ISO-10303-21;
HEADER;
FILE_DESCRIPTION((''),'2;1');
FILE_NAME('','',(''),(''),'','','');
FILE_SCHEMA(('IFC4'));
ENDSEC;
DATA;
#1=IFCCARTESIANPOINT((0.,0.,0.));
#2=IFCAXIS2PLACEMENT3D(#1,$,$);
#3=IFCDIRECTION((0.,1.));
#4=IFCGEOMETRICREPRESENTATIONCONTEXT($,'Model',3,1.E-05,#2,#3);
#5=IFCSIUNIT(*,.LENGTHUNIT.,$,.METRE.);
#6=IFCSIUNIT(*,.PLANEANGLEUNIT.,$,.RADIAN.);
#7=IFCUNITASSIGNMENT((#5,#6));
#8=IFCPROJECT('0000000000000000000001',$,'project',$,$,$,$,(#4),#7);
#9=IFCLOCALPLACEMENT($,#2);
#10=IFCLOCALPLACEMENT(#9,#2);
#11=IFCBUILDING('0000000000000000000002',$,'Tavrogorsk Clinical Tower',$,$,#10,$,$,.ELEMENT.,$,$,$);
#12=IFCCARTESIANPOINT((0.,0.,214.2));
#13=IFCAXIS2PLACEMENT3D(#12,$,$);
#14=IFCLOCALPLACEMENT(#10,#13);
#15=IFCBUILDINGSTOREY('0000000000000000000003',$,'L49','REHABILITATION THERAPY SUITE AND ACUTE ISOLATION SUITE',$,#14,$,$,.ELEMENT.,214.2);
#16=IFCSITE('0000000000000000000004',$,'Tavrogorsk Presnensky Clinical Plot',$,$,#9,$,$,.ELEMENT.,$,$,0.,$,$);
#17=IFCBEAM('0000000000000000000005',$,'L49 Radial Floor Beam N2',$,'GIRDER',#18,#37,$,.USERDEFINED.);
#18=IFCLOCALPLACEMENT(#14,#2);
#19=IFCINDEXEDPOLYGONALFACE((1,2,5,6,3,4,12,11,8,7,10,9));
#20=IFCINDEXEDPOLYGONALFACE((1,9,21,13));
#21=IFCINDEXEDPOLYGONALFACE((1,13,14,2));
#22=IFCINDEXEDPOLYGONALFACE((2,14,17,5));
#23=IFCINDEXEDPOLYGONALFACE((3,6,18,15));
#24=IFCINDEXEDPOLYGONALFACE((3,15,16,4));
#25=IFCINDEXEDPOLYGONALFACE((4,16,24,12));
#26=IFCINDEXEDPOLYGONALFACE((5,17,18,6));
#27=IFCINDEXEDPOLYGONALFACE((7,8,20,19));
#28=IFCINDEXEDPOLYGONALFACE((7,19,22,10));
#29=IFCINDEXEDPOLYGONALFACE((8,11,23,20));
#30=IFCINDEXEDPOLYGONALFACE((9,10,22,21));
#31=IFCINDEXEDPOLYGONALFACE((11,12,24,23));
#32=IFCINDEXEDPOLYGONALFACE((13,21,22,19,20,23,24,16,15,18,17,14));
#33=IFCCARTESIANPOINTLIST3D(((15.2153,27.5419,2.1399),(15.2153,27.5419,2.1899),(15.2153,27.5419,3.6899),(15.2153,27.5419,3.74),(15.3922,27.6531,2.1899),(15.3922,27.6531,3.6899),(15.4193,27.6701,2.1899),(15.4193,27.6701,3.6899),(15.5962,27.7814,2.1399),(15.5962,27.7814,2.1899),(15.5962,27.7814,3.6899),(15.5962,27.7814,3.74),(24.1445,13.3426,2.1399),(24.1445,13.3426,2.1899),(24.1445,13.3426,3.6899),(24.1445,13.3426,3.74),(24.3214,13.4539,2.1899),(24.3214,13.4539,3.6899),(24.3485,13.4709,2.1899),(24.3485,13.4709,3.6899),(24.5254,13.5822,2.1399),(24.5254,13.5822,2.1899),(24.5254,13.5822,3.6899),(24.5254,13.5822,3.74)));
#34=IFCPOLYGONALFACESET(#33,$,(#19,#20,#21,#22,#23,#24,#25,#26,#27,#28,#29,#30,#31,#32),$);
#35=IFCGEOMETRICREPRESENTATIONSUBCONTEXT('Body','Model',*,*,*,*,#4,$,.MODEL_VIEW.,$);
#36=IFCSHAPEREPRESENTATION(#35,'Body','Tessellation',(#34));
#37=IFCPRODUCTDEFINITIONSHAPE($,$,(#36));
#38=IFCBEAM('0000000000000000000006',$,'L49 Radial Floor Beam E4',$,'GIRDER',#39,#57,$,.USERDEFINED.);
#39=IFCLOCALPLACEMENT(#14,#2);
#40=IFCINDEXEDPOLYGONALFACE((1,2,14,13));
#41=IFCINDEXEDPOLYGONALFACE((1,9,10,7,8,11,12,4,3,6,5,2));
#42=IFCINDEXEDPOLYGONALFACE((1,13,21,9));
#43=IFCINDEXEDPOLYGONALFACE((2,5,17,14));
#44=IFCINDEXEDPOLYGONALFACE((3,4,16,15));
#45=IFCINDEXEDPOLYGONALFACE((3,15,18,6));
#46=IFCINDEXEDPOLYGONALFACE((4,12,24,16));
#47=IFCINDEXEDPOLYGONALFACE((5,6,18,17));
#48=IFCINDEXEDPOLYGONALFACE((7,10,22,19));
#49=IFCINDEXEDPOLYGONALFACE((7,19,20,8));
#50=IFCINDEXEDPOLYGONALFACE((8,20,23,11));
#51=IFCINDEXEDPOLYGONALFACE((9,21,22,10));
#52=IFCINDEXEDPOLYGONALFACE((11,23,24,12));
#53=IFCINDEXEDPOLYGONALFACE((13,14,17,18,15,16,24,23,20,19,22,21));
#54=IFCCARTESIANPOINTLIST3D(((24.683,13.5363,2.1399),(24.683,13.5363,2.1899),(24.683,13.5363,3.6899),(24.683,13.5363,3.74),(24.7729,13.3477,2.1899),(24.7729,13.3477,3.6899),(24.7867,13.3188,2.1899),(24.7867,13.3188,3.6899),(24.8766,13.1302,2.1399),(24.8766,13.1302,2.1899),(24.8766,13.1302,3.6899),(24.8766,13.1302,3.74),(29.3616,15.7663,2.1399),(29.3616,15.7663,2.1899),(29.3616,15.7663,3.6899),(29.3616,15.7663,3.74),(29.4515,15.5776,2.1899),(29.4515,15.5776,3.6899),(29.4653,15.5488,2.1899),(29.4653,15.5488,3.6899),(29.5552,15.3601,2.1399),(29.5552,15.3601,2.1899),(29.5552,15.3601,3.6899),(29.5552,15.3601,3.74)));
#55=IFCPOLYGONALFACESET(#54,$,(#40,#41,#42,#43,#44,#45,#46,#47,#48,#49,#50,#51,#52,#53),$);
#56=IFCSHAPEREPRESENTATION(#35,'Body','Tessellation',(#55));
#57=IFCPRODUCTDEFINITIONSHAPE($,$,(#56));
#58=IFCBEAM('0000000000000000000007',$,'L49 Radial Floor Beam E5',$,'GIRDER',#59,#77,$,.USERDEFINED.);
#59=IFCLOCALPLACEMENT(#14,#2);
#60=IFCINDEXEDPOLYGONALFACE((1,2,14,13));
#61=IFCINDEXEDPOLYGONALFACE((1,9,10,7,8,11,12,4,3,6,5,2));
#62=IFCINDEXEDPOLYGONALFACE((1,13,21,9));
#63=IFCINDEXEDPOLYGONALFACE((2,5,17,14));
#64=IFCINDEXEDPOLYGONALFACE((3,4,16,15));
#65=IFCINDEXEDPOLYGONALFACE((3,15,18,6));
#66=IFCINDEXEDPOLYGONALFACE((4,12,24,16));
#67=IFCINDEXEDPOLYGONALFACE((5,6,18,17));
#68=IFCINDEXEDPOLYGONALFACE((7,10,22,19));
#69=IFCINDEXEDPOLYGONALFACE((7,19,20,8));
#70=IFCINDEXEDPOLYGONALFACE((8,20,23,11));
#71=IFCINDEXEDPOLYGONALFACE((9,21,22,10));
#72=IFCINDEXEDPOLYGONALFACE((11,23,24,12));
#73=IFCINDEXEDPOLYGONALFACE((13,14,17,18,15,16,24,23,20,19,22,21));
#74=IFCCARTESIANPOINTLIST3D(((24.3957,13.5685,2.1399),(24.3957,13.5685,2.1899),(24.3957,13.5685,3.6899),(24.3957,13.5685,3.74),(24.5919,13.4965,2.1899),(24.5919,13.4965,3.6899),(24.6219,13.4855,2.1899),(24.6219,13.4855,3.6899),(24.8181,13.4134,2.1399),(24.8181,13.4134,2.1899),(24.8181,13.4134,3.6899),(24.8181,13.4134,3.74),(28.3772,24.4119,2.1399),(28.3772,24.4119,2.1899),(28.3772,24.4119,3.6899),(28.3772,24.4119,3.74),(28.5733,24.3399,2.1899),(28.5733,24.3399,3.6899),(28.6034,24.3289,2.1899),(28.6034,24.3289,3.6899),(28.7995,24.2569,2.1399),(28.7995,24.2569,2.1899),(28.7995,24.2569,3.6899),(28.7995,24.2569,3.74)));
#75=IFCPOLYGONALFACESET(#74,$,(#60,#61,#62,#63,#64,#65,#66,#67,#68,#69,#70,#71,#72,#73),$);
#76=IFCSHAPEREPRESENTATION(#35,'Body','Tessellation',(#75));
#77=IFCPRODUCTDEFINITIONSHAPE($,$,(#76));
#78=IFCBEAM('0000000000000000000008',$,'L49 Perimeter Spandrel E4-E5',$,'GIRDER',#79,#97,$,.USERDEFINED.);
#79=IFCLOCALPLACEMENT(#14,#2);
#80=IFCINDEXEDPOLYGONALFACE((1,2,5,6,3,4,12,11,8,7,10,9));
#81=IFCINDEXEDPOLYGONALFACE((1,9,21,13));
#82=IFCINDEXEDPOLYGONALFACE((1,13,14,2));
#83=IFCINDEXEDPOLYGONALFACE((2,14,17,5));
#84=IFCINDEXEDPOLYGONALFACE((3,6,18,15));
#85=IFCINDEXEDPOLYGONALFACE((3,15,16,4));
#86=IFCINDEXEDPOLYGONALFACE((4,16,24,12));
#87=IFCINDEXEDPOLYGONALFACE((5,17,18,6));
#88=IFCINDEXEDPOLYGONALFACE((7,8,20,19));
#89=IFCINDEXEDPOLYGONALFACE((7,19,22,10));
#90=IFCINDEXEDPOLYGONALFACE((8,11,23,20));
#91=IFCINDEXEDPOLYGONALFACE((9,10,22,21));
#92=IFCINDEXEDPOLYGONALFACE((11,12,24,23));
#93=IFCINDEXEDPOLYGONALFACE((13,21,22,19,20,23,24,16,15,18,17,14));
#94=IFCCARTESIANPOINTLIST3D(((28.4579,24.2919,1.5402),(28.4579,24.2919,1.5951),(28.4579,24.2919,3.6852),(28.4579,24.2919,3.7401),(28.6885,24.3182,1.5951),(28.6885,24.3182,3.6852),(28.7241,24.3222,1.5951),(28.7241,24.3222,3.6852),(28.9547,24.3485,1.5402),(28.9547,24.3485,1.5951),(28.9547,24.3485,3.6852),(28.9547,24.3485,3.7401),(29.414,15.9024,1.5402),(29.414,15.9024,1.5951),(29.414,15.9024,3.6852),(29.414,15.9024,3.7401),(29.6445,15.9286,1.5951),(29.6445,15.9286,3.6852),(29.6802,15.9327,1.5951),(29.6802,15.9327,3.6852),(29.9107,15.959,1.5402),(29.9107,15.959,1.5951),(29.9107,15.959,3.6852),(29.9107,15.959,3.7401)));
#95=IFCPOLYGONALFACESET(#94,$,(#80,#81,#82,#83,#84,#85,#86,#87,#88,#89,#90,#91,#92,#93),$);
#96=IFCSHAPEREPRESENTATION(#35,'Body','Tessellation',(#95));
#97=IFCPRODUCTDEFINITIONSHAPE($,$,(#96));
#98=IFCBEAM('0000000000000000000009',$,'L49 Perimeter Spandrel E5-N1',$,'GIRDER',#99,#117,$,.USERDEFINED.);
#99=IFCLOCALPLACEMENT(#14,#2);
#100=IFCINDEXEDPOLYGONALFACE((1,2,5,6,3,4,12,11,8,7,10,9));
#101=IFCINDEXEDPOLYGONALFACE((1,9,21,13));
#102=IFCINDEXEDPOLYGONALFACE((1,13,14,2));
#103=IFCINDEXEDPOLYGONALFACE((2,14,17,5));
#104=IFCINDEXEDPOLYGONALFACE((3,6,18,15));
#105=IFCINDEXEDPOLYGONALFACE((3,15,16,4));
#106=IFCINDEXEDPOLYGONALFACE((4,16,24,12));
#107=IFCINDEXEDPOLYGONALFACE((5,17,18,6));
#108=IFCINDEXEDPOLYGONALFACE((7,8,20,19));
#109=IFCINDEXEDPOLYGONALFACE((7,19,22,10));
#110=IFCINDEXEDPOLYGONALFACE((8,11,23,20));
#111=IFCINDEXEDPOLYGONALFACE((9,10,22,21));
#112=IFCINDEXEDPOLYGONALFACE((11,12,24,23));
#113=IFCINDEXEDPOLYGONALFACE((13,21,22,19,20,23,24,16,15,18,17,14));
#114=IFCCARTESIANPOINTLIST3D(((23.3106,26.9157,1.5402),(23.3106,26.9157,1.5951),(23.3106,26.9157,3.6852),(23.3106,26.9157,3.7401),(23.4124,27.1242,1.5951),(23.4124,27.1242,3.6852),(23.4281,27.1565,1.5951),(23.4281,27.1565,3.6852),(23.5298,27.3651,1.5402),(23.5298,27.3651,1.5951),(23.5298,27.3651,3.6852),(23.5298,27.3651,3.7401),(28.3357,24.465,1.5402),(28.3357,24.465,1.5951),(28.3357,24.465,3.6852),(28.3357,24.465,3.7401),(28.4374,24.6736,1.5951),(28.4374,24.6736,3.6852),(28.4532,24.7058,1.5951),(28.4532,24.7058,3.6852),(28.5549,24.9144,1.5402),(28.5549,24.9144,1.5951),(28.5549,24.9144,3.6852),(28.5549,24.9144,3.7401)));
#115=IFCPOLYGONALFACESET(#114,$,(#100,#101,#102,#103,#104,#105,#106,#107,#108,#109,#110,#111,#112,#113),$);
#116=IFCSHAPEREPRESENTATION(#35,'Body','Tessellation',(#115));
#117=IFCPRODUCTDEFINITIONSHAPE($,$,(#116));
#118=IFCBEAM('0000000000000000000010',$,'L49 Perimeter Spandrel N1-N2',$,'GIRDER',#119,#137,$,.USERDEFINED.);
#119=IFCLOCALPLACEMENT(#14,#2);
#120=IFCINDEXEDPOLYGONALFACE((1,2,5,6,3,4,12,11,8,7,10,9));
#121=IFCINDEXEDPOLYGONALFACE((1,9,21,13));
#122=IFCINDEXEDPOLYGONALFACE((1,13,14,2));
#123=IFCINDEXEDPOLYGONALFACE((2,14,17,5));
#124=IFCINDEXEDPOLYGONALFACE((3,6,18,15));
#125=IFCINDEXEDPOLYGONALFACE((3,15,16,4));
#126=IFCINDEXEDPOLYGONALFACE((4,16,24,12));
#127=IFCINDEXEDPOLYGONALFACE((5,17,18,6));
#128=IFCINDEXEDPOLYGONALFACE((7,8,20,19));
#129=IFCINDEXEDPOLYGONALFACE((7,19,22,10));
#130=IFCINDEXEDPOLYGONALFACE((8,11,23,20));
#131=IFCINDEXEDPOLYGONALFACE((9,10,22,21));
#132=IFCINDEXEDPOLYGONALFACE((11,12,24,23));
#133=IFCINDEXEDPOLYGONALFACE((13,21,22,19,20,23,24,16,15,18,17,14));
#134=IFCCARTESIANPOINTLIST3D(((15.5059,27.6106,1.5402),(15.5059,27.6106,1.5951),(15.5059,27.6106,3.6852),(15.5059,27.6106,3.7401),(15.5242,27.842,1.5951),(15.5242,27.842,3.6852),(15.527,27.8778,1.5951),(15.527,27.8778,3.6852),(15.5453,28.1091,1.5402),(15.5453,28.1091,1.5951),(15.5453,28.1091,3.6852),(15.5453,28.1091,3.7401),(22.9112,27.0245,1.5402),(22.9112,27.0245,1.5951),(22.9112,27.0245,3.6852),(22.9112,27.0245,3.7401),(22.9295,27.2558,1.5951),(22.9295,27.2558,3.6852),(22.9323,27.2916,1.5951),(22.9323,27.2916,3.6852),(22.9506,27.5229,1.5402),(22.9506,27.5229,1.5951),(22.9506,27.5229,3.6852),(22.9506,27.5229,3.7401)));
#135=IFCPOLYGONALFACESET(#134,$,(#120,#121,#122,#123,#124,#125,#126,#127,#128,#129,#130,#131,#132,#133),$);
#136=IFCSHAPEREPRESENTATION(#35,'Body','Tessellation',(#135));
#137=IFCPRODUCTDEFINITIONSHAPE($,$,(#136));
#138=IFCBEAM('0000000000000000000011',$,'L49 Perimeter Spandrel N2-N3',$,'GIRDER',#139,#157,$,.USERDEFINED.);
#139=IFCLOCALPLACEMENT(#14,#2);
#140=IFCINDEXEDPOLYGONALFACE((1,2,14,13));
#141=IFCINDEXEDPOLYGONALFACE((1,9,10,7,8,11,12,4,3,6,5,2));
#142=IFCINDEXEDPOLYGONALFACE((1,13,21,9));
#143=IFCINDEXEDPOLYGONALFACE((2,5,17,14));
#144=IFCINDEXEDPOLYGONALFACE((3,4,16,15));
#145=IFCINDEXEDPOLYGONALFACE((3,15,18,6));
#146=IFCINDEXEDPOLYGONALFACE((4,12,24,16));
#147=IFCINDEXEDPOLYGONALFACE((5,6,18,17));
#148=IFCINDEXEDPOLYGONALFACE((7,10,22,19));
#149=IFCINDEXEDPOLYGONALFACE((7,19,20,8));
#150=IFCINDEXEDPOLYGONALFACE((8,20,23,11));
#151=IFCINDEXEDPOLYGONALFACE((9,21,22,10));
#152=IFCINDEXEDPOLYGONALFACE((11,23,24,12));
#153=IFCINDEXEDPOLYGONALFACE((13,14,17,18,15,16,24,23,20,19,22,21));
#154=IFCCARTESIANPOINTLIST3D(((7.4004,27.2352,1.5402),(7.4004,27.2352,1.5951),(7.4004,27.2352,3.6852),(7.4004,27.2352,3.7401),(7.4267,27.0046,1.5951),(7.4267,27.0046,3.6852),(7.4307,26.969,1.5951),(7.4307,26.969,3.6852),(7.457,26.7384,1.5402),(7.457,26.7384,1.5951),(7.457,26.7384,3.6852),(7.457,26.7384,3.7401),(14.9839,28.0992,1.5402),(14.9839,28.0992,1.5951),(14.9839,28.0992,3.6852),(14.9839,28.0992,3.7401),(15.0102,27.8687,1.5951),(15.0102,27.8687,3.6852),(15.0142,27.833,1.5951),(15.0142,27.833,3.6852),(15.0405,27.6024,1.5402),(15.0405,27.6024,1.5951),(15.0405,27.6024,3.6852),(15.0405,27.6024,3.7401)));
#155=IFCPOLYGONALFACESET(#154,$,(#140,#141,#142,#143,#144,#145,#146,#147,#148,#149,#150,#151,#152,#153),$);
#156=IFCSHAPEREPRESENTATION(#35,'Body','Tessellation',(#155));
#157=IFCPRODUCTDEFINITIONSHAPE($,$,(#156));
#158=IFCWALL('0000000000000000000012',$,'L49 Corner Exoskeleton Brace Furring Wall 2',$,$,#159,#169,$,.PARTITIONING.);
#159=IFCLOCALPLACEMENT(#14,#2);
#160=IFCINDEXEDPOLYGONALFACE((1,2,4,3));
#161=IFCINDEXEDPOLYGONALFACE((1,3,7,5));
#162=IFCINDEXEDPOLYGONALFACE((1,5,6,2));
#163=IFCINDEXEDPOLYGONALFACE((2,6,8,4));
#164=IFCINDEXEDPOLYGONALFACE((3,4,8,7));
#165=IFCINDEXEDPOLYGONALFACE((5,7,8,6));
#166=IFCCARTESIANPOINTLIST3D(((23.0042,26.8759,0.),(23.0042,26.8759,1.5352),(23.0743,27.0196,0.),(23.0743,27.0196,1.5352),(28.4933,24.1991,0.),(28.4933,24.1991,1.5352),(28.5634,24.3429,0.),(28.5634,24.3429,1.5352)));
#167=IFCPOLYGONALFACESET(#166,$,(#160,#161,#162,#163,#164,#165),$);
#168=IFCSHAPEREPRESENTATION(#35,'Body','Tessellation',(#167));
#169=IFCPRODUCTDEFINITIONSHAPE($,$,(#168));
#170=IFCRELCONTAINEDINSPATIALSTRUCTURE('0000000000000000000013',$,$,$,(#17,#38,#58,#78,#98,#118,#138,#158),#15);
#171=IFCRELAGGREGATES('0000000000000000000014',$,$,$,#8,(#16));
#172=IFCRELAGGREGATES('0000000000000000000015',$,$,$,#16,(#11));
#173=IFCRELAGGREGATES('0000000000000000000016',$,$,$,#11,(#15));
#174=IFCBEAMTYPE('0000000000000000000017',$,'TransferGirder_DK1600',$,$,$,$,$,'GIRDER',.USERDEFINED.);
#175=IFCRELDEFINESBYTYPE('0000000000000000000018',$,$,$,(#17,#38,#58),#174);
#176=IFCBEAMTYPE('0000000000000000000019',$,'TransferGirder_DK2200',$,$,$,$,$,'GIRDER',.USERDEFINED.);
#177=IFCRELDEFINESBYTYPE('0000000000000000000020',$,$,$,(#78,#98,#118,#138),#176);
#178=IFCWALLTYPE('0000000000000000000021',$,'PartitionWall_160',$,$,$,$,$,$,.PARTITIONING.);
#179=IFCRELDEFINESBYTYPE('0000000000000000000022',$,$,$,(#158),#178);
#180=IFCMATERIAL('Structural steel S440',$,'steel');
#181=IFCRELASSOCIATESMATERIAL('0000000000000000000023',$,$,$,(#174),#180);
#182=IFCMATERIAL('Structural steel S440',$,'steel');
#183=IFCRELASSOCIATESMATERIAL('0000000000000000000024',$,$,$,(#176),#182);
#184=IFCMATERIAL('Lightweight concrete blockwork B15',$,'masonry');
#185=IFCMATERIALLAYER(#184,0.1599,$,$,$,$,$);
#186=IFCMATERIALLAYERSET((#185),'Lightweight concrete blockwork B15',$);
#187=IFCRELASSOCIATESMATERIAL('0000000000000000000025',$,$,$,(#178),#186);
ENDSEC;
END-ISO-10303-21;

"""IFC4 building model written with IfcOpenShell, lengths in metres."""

from ifc_helpers import new_model, si_unit, direction, frame, frame_2d, origin, origin_2d, place, context, subcontext, project, spatial, rectangle, i_section, extrude, material, layer, layer_set, material_profile, profile_set, type_object, element, save


model = new_model("IFC4")

# Units and contexts
model_context = context("Model", 3, precision=1e-05, world=origin(), true_north=direction((0.0, 1.0)))
body_context = subcontext(model_context, "Body", "Model", "MODEL_VIEW")
ifc_project = project(units=[si_unit("LENGTHUNIT", "METRE"), si_unit("PLANEANGLEUNIT", "RADIAN")], contexts=[model_context])

# Site, building, storey
site_placement = place(None, origin())
site = spatial("IfcSite", under=ifc_project, at=site_placement, Name="Tavrogorsk Presnensky Clinical Plot", CompositionType="ELEMENT", RefElevation=0.0)
building_placement = place(site_placement, origin())
building = spatial("IfcBuilding", under=site, at=building_placement, Name="Tavrogorsk Clinical Tower", CompositionType="ELEMENT")
storey_placement = place(building_placement, frame((0.0, 0.0, 214.2)))
storey = spatial("IfcBuildingStorey", under=building, at=storey_placement, Name="L49", Description="REHABILITATION THERAPY SUITE AND ACUTE ISOLATION SUITE", CompositionType="ELEMENT", Elevation=214.2)

# Beams
ifc_material_1 = material(Name="Structural steel S440", Category="steel")
ifc_material_profile_1 = material_profile(ifc_material_1, i_section(OverallWidth=0.45, OverallDepth=1.6001, WebThickness=0.032, FlangeThickness=0.05, at=origin_2d()), Name="DK-1600x450x32x50")
ifc_profile_set_1 = profile_set([ifc_material_profile_1], Name="Structural steel S440")
beam_type_1 = type_object("IfcBeamType", Name="TransferGirder_DK1600", ElementType="GIRDER", PredefinedType="USERDEFINED", material=ifc_profile_set_1)
beam_1_placement = place(storey_placement, frame((24.335, 13.4624, 2.9399), z_axis=(-0.532341, 0.84653, 0.0), x_axis=(-0.84653, -0.532341, 0.0)))
element("IfcBeam", 1, at=beam_1_placement, inside=storey, type_object=beam_type_1, Name="L49 Radial Floor Beam N2", ObjectType="GIRDER", PredefinedType="USERDEFINED", context=body_context, shape_type="SweptSolid", body=[
    extrude(i_section(OverallWidth=0.45, OverallDepth=1.6001, WebThickness=0.032, FlangeThickness=0.05, at=origin_2d()), origin(), (0.0, 0.0, 1.0), 16.7734),
])
beam_2_placement = place(storey_placement, frame((24.7798, 13.3333, 2.9399), z_axis=(0.902709, 0.430252, 0.0), x_axis=(-0.430252, 0.902709, 0.0)))
element("IfcBeam", 2, at=beam_2_placement, inside=storey, type_object=beam_type_1, Name="L49 Radial Floor Beam E4", ObjectType="GIRDER", PredefinedType="USERDEFINED", context=body_context, shape_type="SweptSolid", body=[
    extrude(i_section(OverallWidth=0.45, OverallDepth=1.6001, WebThickness=0.032, FlangeThickness=0.05, at=origin_2d()), origin(), (0.0, 0.0, 1.0), 5.1829),
])
beam_3_placement = place(storey_placement, frame((24.6069, 13.491, 2.9399), z_axis=(0.344674, 0.938723, 0.0), x_axis=(-0.938723, 0.344674, 0.0)))
element("IfcBeam", 3, at=beam_3_placement, inside=storey, type_object=beam_type_1, Name="L49 Radial Floor Beam E5", ObjectType="GIRDER", PredefinedType="USERDEFINED", context=body_context, shape_type="SweptSolid", body=[
    extrude(i_section(OverallWidth=0.45, OverallDepth=1.6001, WebThickness=0.032, FlangeThickness=0.05, at=origin_2d()), origin(), (0.0, 0.0, 1.0), 11.5513),
])
ifc_material_2 = material(Name="Structural steel S440", Category="steel")
ifc_material_profile_2 = material_profile(ifc_material_2, i_section(OverallWidth=0.5, OverallDepth=2.2, WebThickness=0.0359, FlangeThickness=0.0549, at=origin_2d()), Name="DK-2200x500x36x55")
ifc_profile_set_2 = profile_set([ifc_material_profile_2], Name="Structural steel S440")
beam_type_2 = type_object("IfcBeamType", Name="TransferGirder_DK2200", ElementType="GIRDER", PredefinedType="USERDEFINED", material=ifc_profile_set_2)
beam_4_placement = place(storey_placement, frame((29.6624, 15.9307, 2.6401), z_axis=(-0.113224, 0.99357, 0.0), x_axis=(-0.99357, -0.113224, 0.0)))
element("IfcBeam", 4, at=beam_4_placement, inside=storey, type_object=beam_type_2, Name="L49 Perimeter Spandrel E4-E5", ObjectType="GIRDER", PredefinedType="USERDEFINED", context=body_context, shape_type="SweptSolid", body=[
    extrude(i_section(OverallWidth=0.5, OverallDepth=2.2, WebThickness=0.0359, FlangeThickness=0.0549, at=origin_2d()), origin(), (0.0, 0.0, 1.0), 8.4438),
])
beam_5_placement = place(storey_placement, frame((28.4453, 24.6897, 2.6401), z_axis=(-0.898811, 0.438336, 0.0), x_axis=(-0.438336, -0.898811, 0.0)))
element("IfcBeam", 5, at=beam_5_placement, inside=storey, type_object=beam_type_2, Name="L49 Perimeter Spandrel E5-N1", ObjectType="GIRDER", PredefinedType="USERDEFINED", context=body_context, shape_type="SweptSolid", body=[
    extrude(i_section(OverallWidth=0.5, OverallDepth=2.2, WebThickness=0.0359, FlangeThickness=0.0549, at=origin_2d()), origin(), (0.0, 0.0, 1.0), 5.5908),
])
beam_6_placement = place(storey_placement, frame((22.9309, 27.2737, 2.6401), z_axis=(-0.996882, 0.07891, 0.0), x_axis=(-0.07891, -0.996882, 0.0)))
element("IfcBeam", 6, at=beam_6_placement, inside=storey, type_object=beam_type_2, Name="L49 Perimeter Spandrel N1-N2", ObjectType="GIRDER", PredefinedType="USERDEFINED", context=body_context, shape_type="SweptSolid", body=[
    extrude(i_section(OverallWidth=0.5, OverallDepth=2.2, WebThickness=0.0359, FlangeThickness=0.0549, at=origin_2d()), origin(), (0.0, 0.0, 1.0), 7.4285),
])
beam_7_placement = place(storey_placement, frame((15.0122, 27.8508, 2.6401), z_axis=(-0.993572, -0.113201, 0.0), x_axis=(0.113201, -0.993572, 0.0)))
element("IfcBeam", 7, at=beam_7_placement, inside=storey, type_object=beam_type_2, Name="L49 Perimeter Spandrel N2-N3", ObjectType="GIRDER", PredefinedType="USERDEFINED", context=body_context, shape_type="SweptSolid", body=[
    extrude(i_section(OverallWidth=0.5, OverallDepth=2.2, WebThickness=0.0359, FlangeThickness=0.0549, at=origin_2d()), origin(), (0.0, 0.0, 1.0), 7.6326),
])

# Wall
ifc_material_3 = material(Name="Lightweight concrete blockwork B15", Category="masonry")
ifc_layer_1 = layer(ifc_material_3, 0.1599)
ifc_layer_set_1 = layer_set([ifc_layer_1], Name="Lightweight concrete blockwork B15")
wall_type_1 = type_object("IfcWallType", Name="PartitionWall_160", PredefinedType="PARTITIONING", material=ifc_layer_set_1)
wall_1_placement = place(storey_placement, frame((28.5283, 24.271, 0.0), z_axis=(0.0, 0.0, 1.0), x_axis=(-0.898821, 0.438317, 0.0)))
element("IfcWall", 8, at=wall_1_placement, inside=storey, type_object=wall_type_1, Name="L49 Corner Exoskeleton Brace Furring Wall 2", PredefinedType="PARTITIONING", context=body_context, shape_type="SweptSolid", body=[
    extrude(rectangle(XDim=6.1069, YDim=0.1599, at=frame_2d((3.0535, 0.0))), origin(), (0.0, 0.0, 1.0), 1.5352),
])

save(model, "model.ifc")
